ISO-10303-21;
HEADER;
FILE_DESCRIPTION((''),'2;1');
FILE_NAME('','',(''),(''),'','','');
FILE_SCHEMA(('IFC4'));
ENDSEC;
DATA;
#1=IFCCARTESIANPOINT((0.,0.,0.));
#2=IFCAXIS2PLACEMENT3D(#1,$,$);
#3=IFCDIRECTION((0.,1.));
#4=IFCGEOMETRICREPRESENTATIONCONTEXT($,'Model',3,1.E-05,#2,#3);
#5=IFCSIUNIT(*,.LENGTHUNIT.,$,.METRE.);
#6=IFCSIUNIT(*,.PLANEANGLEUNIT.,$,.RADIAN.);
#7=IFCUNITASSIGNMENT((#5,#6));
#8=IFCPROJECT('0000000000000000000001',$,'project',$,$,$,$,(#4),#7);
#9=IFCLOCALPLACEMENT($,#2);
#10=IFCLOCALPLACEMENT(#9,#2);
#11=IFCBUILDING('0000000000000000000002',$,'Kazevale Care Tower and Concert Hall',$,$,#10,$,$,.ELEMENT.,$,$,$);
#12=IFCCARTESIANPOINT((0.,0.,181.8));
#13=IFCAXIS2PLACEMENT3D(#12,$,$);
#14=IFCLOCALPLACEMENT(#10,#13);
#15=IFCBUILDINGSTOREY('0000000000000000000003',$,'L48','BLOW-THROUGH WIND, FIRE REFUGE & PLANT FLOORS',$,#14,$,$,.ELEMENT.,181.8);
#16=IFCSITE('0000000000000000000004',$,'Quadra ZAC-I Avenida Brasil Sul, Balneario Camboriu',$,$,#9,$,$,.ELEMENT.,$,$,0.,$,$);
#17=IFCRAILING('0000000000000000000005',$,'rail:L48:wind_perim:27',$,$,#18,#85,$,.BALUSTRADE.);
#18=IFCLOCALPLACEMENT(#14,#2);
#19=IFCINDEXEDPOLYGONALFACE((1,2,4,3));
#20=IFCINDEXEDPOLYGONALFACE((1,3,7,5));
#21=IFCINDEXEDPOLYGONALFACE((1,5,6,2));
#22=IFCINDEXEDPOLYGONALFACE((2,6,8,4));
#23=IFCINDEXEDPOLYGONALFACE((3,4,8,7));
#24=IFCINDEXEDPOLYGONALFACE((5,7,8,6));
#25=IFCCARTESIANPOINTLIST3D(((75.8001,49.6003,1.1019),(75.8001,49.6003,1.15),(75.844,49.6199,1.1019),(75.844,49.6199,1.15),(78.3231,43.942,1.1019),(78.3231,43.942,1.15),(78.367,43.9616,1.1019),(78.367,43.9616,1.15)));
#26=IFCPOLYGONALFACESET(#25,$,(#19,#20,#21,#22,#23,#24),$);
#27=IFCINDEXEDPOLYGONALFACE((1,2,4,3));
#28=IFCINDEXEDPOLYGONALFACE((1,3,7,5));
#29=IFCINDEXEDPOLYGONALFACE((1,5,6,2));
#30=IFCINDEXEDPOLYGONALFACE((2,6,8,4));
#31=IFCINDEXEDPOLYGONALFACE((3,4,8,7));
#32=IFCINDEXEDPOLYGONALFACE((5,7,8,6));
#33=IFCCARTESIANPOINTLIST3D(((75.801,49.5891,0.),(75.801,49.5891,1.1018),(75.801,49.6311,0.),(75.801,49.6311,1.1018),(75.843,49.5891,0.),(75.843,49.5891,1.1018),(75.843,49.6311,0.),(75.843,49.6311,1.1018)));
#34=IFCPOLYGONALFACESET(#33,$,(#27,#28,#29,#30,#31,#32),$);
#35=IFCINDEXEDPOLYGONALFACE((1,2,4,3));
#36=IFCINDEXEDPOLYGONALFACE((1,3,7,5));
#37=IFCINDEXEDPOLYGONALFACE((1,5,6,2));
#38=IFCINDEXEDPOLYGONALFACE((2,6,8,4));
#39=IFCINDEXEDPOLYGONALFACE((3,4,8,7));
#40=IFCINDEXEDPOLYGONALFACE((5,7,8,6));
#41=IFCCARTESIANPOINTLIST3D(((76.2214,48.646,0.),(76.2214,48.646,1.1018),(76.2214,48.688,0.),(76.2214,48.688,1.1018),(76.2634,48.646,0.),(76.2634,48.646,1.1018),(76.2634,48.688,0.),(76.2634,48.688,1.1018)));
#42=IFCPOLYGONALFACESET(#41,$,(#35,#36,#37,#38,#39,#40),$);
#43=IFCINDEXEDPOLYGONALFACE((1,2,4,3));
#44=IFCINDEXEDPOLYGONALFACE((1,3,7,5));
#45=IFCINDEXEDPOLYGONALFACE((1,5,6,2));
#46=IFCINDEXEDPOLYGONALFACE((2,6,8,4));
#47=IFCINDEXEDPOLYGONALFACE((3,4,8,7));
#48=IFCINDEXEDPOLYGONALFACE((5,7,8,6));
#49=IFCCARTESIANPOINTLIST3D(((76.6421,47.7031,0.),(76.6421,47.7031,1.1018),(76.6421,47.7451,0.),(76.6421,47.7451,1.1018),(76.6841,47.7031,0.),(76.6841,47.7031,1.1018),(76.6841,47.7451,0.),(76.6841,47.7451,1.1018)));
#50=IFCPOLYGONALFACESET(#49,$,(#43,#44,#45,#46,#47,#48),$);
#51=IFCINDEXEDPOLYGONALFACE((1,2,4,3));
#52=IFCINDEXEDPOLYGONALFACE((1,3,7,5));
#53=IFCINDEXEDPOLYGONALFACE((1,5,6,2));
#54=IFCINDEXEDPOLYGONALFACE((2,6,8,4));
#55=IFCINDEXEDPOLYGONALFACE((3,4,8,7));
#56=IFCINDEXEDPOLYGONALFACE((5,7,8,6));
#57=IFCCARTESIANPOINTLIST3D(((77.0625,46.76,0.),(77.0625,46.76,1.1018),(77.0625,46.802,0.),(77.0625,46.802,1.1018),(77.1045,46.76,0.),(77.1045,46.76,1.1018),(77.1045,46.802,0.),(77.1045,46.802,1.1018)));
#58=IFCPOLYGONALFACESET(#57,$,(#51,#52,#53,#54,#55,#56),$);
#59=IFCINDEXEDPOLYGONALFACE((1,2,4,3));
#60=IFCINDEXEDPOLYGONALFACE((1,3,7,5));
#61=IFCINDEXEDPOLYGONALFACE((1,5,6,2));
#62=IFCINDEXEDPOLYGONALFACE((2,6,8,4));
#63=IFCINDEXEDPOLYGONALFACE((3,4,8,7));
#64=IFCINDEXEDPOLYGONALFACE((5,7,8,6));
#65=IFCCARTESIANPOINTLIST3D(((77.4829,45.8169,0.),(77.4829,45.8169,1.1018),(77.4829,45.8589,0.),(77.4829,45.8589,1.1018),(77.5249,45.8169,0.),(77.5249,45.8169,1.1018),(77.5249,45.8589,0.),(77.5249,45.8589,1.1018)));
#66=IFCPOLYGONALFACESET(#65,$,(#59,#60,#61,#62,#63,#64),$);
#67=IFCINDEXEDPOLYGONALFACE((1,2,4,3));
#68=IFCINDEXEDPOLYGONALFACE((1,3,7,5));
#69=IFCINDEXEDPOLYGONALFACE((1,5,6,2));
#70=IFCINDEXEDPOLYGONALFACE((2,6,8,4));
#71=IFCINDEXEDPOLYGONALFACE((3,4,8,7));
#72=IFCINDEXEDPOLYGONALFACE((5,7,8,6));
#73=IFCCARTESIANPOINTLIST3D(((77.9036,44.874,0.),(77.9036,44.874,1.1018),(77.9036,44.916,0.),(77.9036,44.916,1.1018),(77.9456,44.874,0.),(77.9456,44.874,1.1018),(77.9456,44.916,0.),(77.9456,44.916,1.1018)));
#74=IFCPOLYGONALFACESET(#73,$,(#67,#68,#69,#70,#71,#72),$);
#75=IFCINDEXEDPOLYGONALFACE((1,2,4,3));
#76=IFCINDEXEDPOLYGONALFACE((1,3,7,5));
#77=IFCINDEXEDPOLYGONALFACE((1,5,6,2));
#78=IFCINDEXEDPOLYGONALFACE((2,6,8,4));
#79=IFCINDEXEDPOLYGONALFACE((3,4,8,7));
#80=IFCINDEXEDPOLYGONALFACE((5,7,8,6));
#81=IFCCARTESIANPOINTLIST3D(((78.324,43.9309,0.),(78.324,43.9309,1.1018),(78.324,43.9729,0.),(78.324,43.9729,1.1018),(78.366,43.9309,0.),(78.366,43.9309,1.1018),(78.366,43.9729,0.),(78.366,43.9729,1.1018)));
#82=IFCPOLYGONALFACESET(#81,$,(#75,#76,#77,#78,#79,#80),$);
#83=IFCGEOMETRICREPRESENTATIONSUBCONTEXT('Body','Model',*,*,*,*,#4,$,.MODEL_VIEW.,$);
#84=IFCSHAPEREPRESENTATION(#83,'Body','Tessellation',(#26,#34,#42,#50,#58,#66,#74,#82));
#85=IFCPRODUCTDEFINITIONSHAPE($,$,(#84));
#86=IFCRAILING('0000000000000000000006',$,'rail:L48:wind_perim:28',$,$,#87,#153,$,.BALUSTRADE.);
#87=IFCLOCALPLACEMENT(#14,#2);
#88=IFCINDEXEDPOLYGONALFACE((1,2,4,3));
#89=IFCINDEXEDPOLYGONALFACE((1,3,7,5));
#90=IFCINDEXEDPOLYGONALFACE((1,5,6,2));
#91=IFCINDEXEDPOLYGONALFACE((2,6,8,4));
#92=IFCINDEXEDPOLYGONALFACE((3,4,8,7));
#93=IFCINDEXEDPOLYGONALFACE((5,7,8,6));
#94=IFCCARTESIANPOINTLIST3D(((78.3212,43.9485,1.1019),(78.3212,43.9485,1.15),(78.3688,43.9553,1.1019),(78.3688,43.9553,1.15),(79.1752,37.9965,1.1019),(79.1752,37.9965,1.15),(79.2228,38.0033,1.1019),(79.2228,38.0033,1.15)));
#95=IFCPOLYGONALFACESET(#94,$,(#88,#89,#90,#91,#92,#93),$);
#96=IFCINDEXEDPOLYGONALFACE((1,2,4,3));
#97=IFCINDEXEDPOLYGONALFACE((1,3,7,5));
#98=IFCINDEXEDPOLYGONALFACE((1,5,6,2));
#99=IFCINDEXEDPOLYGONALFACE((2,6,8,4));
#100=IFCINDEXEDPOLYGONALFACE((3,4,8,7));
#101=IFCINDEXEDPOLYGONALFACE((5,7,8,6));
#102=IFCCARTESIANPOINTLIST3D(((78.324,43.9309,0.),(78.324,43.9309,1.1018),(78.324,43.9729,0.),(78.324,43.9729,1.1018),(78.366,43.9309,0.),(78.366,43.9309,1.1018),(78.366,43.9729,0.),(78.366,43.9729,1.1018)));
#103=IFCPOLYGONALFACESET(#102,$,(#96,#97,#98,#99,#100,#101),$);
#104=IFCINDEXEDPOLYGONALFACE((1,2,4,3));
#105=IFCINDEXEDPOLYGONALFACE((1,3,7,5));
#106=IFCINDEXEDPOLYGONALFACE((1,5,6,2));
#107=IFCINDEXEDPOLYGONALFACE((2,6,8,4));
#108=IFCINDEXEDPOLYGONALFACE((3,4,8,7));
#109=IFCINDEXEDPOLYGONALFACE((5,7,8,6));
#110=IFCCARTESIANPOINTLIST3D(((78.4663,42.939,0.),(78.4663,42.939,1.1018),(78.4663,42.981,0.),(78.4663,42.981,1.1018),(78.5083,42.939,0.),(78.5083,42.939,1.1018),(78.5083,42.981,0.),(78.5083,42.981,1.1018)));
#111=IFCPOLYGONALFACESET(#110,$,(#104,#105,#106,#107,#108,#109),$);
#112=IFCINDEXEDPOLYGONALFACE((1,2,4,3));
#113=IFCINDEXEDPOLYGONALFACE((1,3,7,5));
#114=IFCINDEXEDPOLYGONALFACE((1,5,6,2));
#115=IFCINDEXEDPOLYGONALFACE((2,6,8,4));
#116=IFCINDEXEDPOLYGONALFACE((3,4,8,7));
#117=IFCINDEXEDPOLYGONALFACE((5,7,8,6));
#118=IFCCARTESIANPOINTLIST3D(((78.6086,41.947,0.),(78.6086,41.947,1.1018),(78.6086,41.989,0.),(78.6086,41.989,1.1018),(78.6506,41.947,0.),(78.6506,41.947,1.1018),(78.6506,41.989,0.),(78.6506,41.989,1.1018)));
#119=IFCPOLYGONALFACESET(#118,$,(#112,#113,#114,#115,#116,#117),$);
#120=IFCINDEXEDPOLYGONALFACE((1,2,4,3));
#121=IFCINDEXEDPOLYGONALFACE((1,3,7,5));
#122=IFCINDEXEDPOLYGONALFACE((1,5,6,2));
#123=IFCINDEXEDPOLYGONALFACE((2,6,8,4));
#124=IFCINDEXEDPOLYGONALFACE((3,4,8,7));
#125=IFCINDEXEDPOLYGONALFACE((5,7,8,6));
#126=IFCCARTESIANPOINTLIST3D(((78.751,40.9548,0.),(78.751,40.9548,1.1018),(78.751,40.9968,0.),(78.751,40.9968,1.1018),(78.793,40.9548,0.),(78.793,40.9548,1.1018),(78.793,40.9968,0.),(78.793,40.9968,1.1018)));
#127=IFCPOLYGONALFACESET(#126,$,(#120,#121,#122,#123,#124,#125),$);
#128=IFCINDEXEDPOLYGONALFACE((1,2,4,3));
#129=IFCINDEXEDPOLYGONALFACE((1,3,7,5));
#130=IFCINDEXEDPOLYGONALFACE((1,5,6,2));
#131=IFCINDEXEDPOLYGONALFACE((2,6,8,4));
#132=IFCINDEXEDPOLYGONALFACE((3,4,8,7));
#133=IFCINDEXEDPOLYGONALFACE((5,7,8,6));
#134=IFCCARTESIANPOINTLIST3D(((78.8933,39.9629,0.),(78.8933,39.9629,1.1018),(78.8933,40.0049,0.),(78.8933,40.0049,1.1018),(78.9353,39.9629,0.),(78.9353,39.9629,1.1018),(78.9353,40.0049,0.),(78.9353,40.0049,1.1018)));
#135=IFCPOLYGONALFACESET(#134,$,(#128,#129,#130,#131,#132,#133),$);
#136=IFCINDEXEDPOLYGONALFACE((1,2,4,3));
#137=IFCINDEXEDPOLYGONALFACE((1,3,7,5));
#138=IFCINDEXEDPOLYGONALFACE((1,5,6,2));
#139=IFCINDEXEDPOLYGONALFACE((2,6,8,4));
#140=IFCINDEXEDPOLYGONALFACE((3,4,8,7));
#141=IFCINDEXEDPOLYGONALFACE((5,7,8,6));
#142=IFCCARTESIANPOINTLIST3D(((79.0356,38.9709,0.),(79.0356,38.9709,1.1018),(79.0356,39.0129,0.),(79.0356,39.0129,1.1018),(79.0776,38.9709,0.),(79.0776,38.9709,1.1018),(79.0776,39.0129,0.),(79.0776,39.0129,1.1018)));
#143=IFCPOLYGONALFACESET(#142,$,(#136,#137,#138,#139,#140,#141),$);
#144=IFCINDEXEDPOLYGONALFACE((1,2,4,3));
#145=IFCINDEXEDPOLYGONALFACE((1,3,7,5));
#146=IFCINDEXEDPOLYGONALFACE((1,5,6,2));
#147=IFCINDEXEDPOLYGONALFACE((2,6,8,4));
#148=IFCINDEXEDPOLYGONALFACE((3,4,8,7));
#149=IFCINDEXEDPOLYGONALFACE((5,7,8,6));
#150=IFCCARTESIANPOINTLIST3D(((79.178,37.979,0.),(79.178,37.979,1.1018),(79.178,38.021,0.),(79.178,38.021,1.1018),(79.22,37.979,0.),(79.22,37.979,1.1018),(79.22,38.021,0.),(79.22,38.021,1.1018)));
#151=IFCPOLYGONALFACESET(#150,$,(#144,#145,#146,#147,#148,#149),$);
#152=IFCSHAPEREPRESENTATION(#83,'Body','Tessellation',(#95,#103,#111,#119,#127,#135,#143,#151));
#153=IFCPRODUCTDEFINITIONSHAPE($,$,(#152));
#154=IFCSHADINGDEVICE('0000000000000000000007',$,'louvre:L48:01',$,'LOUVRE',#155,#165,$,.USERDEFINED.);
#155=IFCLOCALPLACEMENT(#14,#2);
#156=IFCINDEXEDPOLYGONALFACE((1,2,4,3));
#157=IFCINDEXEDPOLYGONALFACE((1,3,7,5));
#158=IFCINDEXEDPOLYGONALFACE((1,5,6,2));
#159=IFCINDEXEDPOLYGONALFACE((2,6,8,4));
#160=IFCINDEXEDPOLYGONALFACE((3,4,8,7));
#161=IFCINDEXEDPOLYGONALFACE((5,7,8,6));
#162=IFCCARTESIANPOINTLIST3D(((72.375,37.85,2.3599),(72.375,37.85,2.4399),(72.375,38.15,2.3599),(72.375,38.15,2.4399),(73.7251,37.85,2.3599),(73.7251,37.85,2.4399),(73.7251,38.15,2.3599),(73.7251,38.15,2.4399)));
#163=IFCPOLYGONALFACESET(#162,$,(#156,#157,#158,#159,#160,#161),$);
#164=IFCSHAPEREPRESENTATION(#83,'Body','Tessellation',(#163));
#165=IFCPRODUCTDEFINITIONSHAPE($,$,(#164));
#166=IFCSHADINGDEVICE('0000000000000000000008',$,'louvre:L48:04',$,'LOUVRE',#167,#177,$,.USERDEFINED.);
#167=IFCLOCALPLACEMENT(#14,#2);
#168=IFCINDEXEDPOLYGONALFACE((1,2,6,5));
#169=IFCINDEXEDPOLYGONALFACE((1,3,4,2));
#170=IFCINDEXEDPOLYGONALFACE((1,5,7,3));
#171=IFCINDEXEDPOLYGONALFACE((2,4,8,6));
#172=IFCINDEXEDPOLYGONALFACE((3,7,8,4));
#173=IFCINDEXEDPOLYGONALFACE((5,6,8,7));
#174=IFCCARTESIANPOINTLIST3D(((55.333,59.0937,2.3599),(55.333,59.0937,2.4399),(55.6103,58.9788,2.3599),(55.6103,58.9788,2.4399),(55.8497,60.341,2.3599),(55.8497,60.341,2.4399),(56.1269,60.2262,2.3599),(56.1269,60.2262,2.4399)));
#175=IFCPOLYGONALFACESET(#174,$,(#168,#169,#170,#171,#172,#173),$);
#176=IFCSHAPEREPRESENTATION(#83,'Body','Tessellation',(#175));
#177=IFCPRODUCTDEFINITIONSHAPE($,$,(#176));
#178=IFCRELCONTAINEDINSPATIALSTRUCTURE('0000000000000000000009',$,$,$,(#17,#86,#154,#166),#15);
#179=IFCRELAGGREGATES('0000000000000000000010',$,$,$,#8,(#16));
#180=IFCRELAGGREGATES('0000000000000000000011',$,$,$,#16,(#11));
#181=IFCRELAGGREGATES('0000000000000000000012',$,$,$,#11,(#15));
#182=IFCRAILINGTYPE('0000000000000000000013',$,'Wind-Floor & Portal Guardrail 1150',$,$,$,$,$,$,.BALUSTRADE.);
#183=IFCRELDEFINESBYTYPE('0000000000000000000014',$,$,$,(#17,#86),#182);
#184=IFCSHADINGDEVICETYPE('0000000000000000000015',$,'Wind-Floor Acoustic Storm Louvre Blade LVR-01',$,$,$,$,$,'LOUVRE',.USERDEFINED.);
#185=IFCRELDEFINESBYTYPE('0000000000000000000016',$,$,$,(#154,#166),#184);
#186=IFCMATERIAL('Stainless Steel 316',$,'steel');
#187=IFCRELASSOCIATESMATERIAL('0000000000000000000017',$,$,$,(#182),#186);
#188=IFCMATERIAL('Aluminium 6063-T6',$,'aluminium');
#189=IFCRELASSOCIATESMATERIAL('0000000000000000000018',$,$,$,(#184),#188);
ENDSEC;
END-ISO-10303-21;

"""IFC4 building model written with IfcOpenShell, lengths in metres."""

from ifc_helpers import new_model, si_unit, direction, frame, origin, origin_2d, place, context, subcontext, project, spatial, rectangle, extrude, material, type_object, element, save


model = new_model("IFC4")

# Units and contexts
model_context = context("Model", 3, precision=1e-05, world=origin(), true_north=direction((0.0, 1.0)))
body_context = subcontext(model_context, "Body", "Model", "MODEL_VIEW")
ifc_project = project(units=[si_unit("LENGTHUNIT", "METRE"), si_unit("PLANEANGLEUNIT", "RADIAN")], contexts=[model_context])

# Site, building, storey
site_placement = place(None, origin())
site = spatial("IfcSite", under=ifc_project, at=site_placement, Name="Quadra ZAC-I Avenida Brasil Sul, Balneario Camboriu", CompositionType="ELEMENT", RefElevation=0.0)
building_placement = place(site_placement, origin())
building = spatial("IfcBuilding", under=site, at=building_placement, Name="Kazevale Care Tower and Concert Hall", CompositionType="ELEMENT")
storey_placement = place(building_placement, frame((0.0, 0.0, 181.8)))
storey = spatial("IfcBuildingStorey", under=building, at=storey_placement, Name="L48", Description="BLOW-THROUGH WIND, FIRE REFUGE & PLANT FLOORS", CompositionType="ELEMENT", Elevation=181.8)

# Railings
ifc_material_1 = material(Name="Stainless Steel 316", Category="steel")
railing_type = type_object("IfcRailingType", Name="Wind-Floor & Portal Guardrail 1150", PredefinedType="BALUSTRADE", material=ifc_material_1)
railing_1_placement = place(storey_placement, frame((75.822, 49.6101, 0.0)))
element("IfcRailing", 1, at=railing_1_placement, inside=storey, type_object=railing_type, Name="rail:L48:wind_perim:27", PredefinedType="BALUSTRADE", context=body_context, shape_type="SweptSolid", body=[
    extrude(rectangle(XDim=0.0481, YDim=0.0481, at=origin_2d()), frame((0.0, 0.0, 1.126), z_axis=(0.407242, -0.91332, 0.0), x_axis=(0.91332, 0.407242, 0.0)), (0.0, 0.0, 1.0), 6.1953),
    extrude(rectangle(XDim=0.042, YDim=0.042, at=origin_2d()), origin(), (0.0, 0.0, 1.0), 1.1018),
    extrude(rectangle(XDim=0.042, YDim=0.042, at=origin_2d()), frame((0.4204, -0.9431, 0.0)), (0.0, 0.0, 1.0), 1.1018),
    extrude(rectangle(XDim=0.042, YDim=0.042, at=origin_2d()), frame((0.8411, -1.886, 0.0)), (0.0, 0.0, 1.0), 1.1018),
    extrude(rectangle(XDim=0.042, YDim=0.042, at=origin_2d()), frame((1.2615, -2.8291, 0.0)), (0.0, 0.0, 1.0), 1.1018),
    extrude(rectangle(XDim=0.042, YDim=0.042, at=origin_2d()), frame((1.6819, -3.7722, 0.0)), (0.0, 0.0, 1.0), 1.1018),
    extrude(rectangle(XDim=0.042, YDim=0.042, at=origin_2d()), frame((2.1025, -4.7151, 0.0)), (0.0, 0.0, 1.0), 1.1018),
    extrude(rectangle(XDim=0.042, YDim=0.042, at=origin_2d()), frame((2.5229, -5.6582, 0.0)), (0.0, 0.0, 1.0), 1.1018),
])
railing_2_placement = place(storey_placement, frame((78.345, 43.9519, 0.0)))
element("IfcRailing", 2, at=railing_2_placement, inside=storey, type_object=railing_type, Name="rail:L48:wind_perim:28", PredefinedType="BALUSTRADE", context=body_context, shape_type="SweptSolid", body=[
    extrude(rectangle(XDim=0.0481, YDim=0.0481, at=origin_2d()), frame((0.0, 0.0, 1.126), z_axis=(0.14203, -0.989862, 0.0), x_axis=(0.989862, 0.14203, 0.0)), (0.0, 0.0, 1.0), 6.0129),
    extrude(rectangle(XDim=0.042, YDim=0.042, at=origin_2d()), origin(), (0.0, 0.0, 1.0), 1.1018),
    extrude(rectangle(XDim=0.042, YDim=0.042, at=origin_2d()), frame((0.1423, -0.9919, 0.0)), (0.0, 0.0, 1.0), 1.1018),
    extrude(rectangle(XDim=0.042, YDim=0.042, at=origin_2d()), frame((0.2847, -1.9839, 0.0)), (0.0, 0.0, 1.0), 1.1018),
    extrude(rectangle(XDim=0.042, YDim=0.042, at=origin_2d()), frame((0.427, -2.9761, 0.0)), (0.0, 0.0, 1.0), 1.1018),
    extrude(rectangle(XDim=0.042, YDim=0.042, at=origin_2d()), frame((0.5693, -3.968, 0.0)), (0.0, 0.0, 1.0), 1.1018),
    extrude(rectangle(XDim=0.042, YDim=0.042, at=origin_2d()), frame((0.7117, -4.96, 0.0)), (0.0, 0.0, 1.0), 1.1018),
    extrude(rectangle(XDim=0.042, YDim=0.042, at=origin_2d()), frame((0.854, -5.9519, 0.0)), (0.0, 0.0, 1.0), 1.1018),
])

# Shading devices
ifc_material_2 = material(Name="Aluminium 6063-T6", Category="aluminium")
shading_device_type = type_object("IfcShadingDeviceType", Name="Wind-Floor Acoustic Storm Louvre Blade LVR-01", ElementType="LOUVRE", PredefinedType="USERDEFINED", material=ifc_material_2)
for number, where, z_axis, x_axis, name in (
    (3, (73.05, 38.0, 2.3599), (0.0, 0.0, 1.0), (1.0, 0.0, 0.0), "louvre:L48:01"),
    (4, (55.73, 59.6599, 2.3599), (0.0, 0.0, 1.0), (0.382683, 0.92388, 0.0), "louvre:L48:04"),
):
    element("IfcShadingDevice", number, at=place(storey_placement, frame(where, z_axis=z_axis, x_axis=x_axis)), inside=storey, type_object=shading_device_type, Name=name, ObjectType="LOUVRE", PredefinedType="USERDEFINED", context=body_context, shape_type="SweptSolid", body=[
        extrude(rectangle(XDim=1.3501, YDim=0.3, at=origin_2d()), origin(), (0.0, 0.0, 1.0), 0.0801),
    ])

save(model, "model.ifc")
